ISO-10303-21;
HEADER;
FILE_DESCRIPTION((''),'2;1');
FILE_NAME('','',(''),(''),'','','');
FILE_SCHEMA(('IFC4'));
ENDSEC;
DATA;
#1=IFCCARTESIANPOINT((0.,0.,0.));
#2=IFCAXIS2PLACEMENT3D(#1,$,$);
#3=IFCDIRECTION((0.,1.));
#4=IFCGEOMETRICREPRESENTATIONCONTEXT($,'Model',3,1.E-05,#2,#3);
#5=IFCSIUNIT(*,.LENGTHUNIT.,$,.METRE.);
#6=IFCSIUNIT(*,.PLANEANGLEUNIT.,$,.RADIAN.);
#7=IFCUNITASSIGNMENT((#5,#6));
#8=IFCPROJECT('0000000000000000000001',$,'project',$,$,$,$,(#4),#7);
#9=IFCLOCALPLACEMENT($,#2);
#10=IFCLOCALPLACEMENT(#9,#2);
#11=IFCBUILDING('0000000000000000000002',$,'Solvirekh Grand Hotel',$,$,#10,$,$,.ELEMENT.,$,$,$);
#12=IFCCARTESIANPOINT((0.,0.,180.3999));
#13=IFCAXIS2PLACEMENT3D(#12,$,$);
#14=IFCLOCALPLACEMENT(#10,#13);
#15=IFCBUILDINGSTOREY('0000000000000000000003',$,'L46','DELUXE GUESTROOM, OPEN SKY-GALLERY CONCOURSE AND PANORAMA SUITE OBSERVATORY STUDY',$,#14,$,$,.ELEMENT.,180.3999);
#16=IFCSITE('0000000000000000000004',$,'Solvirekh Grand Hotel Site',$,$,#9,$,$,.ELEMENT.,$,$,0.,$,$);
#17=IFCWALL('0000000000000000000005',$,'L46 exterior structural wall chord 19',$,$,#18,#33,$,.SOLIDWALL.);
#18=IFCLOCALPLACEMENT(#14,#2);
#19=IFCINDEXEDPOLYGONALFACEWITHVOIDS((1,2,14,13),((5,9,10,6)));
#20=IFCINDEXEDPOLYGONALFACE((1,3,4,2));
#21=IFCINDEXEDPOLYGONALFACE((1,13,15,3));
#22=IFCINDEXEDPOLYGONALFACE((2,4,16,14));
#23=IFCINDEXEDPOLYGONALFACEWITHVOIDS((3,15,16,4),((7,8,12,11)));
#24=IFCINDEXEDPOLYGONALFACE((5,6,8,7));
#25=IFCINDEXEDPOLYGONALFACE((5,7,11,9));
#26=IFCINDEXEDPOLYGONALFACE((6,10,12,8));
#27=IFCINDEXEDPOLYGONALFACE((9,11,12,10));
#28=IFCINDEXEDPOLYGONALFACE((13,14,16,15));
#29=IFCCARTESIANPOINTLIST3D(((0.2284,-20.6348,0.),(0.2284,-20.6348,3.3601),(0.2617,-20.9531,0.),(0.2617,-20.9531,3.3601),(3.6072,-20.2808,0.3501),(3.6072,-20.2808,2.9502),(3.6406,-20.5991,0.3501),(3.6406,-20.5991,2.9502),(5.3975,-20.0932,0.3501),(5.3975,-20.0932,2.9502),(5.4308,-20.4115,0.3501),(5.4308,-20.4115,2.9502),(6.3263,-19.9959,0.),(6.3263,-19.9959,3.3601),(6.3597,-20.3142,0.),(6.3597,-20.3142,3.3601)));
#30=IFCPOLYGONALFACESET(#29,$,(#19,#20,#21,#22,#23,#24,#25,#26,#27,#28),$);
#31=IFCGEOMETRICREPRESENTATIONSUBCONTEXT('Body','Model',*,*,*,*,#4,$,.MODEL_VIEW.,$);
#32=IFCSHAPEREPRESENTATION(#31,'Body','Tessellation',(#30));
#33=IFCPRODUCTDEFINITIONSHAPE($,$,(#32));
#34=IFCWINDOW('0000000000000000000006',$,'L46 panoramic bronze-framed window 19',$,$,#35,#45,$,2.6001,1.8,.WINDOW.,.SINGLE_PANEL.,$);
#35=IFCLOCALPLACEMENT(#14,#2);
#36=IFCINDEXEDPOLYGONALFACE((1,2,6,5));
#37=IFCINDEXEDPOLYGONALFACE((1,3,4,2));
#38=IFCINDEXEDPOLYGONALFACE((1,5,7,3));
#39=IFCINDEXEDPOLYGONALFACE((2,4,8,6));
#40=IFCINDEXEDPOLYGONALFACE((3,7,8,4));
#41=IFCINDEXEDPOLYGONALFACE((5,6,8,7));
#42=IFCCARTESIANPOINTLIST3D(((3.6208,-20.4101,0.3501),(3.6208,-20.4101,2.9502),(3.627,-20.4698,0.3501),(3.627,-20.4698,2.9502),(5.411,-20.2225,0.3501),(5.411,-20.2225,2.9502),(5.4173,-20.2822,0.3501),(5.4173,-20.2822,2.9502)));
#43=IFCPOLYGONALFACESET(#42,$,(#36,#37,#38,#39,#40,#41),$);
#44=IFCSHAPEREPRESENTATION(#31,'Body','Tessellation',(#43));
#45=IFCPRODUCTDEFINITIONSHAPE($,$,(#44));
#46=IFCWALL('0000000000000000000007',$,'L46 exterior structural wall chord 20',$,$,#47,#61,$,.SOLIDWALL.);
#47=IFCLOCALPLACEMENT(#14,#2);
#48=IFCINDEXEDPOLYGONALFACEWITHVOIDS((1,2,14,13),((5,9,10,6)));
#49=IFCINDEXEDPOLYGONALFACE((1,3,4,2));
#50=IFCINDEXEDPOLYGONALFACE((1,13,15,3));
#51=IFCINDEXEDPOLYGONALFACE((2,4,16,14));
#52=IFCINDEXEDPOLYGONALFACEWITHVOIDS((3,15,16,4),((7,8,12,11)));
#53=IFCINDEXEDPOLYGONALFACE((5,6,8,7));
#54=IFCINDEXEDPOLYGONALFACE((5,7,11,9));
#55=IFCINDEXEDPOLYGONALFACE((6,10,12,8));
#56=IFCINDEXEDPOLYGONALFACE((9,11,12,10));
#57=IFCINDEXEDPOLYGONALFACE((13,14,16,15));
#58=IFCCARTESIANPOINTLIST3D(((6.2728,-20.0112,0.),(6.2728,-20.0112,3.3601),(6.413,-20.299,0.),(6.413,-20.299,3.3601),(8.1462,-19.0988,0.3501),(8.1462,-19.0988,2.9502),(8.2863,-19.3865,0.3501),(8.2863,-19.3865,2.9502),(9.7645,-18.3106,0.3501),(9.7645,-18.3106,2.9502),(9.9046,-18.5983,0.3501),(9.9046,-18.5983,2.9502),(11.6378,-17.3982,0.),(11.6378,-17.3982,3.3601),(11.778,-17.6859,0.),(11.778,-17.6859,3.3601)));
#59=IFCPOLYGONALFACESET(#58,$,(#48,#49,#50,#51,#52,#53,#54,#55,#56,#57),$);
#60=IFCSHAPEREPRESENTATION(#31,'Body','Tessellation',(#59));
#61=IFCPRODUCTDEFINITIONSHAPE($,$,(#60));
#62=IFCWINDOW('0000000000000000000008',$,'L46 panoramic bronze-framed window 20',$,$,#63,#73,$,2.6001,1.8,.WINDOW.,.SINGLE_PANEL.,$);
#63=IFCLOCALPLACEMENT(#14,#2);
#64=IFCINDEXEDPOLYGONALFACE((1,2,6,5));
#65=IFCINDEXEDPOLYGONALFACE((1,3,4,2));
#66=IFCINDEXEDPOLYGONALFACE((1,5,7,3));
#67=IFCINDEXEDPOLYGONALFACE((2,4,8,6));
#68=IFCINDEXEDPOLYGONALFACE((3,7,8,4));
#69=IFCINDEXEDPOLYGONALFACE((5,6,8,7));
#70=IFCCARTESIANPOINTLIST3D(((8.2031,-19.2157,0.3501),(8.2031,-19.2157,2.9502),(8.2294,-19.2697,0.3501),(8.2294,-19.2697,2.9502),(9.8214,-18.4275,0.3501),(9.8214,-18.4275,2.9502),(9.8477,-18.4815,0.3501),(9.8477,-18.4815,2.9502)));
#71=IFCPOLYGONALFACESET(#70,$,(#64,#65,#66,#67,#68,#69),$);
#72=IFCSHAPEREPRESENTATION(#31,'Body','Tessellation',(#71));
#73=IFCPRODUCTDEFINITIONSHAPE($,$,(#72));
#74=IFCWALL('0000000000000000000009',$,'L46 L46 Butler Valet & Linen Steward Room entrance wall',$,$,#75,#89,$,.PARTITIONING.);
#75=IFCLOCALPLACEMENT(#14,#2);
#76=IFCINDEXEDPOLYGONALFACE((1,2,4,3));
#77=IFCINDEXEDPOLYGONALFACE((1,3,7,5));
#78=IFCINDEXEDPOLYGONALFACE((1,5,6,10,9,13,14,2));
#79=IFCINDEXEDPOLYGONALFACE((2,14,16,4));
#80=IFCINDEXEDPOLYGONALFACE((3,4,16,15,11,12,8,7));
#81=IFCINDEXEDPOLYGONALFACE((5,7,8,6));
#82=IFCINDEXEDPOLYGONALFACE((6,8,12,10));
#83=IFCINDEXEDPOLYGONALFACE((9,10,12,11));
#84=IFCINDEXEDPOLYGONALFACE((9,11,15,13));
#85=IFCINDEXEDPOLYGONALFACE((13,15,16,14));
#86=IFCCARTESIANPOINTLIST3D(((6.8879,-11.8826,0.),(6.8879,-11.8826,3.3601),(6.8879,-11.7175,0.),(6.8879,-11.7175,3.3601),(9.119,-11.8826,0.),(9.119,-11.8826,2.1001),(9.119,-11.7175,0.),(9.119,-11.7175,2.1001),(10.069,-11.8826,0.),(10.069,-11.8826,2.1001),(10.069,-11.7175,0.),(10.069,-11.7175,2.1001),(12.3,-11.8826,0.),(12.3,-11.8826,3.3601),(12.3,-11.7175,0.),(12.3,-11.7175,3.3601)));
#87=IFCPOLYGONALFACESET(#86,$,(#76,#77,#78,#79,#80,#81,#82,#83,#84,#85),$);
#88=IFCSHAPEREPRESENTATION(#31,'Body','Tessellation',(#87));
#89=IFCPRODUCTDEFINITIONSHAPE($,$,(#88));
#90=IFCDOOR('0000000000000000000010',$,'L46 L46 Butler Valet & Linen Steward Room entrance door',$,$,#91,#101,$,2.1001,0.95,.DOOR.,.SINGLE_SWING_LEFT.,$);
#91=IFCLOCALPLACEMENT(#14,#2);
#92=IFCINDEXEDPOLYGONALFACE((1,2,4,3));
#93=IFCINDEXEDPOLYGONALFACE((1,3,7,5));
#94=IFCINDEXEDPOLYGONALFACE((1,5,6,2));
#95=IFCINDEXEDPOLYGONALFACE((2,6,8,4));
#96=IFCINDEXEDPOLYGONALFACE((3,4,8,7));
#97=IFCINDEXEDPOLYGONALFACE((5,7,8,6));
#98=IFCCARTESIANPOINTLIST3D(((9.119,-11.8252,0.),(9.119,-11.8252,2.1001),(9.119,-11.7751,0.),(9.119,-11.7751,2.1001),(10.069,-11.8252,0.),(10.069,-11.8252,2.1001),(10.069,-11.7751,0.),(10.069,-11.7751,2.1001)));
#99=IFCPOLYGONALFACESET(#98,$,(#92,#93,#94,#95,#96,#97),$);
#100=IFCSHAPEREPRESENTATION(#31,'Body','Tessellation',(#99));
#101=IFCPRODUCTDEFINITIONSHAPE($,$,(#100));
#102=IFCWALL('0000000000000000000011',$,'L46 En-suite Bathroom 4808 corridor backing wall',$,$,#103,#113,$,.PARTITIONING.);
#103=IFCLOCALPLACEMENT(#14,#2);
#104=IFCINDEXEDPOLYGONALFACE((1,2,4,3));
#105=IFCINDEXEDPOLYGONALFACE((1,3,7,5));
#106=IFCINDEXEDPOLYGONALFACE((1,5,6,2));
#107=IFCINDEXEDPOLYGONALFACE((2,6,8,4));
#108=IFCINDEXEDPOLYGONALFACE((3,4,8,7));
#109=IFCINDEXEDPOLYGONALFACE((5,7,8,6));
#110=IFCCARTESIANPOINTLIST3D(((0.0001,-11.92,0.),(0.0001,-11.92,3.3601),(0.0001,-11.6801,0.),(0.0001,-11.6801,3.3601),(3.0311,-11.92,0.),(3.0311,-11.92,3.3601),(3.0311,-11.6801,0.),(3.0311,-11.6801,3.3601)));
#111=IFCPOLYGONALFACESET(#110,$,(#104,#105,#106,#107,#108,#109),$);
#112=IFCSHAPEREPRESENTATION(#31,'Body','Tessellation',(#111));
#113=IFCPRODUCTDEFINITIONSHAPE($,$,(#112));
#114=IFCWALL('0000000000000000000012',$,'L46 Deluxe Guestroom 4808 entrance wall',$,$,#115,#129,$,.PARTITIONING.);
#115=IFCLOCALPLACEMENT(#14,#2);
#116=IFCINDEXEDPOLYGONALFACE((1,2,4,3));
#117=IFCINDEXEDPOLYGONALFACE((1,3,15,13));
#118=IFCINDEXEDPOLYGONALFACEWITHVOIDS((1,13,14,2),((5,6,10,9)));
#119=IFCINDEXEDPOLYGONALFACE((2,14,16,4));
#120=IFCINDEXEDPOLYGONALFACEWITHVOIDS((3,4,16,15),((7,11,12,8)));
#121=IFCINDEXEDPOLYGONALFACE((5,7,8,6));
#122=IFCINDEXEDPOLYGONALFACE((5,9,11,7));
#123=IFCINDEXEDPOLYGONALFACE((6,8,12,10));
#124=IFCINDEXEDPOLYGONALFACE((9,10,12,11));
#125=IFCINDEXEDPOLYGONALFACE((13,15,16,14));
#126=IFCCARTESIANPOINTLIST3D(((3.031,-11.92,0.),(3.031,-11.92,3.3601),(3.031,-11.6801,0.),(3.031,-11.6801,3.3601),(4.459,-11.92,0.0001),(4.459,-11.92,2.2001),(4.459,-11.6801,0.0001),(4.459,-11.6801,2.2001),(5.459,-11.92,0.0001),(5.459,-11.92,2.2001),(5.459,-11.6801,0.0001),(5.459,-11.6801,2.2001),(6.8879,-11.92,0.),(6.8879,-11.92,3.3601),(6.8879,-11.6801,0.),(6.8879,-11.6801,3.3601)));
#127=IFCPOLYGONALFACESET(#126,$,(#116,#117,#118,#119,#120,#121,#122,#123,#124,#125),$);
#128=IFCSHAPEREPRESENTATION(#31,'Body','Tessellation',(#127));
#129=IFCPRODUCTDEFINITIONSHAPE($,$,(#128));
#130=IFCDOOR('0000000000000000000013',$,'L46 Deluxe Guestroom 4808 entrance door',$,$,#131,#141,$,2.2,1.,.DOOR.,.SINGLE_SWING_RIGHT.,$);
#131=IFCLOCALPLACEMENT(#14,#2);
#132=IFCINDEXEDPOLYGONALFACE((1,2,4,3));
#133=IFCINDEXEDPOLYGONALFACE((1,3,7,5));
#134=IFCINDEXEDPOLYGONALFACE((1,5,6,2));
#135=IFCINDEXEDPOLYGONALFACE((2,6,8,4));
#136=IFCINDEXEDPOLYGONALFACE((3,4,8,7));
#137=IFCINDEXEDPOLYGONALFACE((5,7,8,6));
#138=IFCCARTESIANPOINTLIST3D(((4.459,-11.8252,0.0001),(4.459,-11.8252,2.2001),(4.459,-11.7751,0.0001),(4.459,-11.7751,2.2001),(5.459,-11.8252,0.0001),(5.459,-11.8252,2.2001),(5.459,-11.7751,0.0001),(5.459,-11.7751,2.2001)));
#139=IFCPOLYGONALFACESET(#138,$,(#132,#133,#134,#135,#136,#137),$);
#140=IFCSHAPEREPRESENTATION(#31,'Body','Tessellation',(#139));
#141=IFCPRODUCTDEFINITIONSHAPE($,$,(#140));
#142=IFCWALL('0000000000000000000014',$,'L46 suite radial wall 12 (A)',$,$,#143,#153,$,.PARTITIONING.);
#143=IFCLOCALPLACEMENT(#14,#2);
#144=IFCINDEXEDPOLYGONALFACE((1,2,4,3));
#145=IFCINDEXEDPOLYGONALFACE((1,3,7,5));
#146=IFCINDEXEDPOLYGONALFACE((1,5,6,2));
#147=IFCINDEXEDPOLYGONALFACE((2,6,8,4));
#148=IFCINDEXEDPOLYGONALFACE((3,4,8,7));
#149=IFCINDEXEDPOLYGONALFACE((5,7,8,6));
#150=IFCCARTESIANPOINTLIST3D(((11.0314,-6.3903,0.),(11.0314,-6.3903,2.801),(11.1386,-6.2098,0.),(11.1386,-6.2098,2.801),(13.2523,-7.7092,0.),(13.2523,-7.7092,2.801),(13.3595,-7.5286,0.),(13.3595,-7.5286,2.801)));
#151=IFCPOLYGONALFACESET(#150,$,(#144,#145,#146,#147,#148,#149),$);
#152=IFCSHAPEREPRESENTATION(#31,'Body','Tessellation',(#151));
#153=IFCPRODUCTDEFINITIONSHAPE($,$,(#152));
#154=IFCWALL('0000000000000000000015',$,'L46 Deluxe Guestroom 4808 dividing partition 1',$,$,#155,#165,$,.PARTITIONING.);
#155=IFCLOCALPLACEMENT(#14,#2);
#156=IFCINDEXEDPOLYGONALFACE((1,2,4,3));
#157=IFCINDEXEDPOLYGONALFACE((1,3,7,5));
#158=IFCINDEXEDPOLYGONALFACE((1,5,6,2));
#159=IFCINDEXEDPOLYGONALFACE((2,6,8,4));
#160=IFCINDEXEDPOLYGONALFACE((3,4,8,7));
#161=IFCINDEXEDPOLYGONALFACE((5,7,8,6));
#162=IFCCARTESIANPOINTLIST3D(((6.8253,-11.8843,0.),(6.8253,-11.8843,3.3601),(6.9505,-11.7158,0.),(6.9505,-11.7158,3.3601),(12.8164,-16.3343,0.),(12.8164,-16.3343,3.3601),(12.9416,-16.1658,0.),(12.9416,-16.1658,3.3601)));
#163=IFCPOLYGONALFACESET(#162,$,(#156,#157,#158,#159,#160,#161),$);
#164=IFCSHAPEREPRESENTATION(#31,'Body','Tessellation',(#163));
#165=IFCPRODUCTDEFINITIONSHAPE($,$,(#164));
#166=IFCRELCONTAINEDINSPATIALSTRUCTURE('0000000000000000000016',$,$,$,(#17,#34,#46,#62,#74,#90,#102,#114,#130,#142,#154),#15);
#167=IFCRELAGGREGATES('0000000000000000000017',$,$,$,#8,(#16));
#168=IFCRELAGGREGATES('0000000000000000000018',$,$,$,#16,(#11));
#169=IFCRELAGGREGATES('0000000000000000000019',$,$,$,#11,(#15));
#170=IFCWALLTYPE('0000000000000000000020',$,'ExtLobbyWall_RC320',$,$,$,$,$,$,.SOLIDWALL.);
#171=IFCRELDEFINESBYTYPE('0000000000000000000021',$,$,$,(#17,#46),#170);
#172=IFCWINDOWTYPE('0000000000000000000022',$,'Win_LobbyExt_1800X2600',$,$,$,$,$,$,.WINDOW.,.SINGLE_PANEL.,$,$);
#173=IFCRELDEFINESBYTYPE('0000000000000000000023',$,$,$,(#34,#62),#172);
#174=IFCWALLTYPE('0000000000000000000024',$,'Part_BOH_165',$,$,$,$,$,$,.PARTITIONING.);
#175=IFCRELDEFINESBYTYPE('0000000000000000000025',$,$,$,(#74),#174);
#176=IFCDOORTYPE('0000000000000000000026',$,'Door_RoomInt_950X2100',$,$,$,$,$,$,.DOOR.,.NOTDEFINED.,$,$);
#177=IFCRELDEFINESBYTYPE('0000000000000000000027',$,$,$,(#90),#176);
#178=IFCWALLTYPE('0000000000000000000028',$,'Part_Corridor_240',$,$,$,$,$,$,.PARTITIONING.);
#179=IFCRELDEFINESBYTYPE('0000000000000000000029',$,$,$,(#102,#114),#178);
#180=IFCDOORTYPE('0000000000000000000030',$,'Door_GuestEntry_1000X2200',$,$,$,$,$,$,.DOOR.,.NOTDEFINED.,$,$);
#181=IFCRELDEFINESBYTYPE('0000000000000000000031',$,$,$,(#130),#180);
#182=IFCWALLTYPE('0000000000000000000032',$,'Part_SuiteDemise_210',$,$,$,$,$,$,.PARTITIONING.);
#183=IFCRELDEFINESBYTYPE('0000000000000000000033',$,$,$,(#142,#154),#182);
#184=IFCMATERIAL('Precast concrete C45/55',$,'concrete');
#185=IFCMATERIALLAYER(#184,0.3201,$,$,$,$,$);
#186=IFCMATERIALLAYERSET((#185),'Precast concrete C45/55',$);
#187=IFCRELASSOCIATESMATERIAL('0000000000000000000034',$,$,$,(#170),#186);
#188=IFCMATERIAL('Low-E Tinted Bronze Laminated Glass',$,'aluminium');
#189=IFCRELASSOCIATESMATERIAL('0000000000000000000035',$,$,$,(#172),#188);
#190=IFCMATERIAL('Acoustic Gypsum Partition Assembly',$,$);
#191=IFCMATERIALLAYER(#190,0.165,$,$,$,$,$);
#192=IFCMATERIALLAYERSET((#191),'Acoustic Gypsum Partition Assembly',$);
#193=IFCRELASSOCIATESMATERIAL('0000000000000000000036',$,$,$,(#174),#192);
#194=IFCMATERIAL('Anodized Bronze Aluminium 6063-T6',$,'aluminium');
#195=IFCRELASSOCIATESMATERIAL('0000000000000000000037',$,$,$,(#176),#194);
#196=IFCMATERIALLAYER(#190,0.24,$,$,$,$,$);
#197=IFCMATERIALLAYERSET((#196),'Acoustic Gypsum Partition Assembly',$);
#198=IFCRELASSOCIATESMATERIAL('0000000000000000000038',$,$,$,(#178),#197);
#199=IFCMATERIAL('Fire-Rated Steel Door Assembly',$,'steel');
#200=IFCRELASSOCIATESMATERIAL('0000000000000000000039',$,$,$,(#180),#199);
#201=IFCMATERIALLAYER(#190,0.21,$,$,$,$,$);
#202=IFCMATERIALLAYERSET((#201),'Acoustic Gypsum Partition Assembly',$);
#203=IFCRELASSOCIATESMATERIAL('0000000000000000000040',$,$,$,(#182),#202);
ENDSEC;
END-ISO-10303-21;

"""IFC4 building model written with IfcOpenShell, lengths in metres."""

from ifc_helpers import new_model, si_unit, direction, frame, frame_2d, origin, place, context, subcontext, project, spatial, rectangle, extrude, material, layer, layer_set, type_object, element, fill, save


model = new_model("IFC4")

# Units and contexts
model_context = context("Model", 3, precision=1e-05, world=origin(), true_north=direction((0.0, 1.0)))
body_context = subcontext(model_context, "Body", "Model", "MODEL_VIEW")
ifc_project = project(units=[si_unit("LENGTHUNIT", "METRE"), si_unit("PLANEANGLEUNIT", "RADIAN")], contexts=[model_context])

# Site, building, storey
site_placement = place(None, origin())
site = spatial("IfcSite", under=ifc_project, at=site_placement, Name="Solvirekh Grand Hotel Site", CompositionType="ELEMENT", RefElevation=0.0)
building_placement = place(site_placement, origin())
building = spatial("IfcBuilding", under=site, at=building_placement, Name="Solvirekh Grand Hotel", CompositionType="ELEMENT")
storey_placement = place(building_placement, frame((0.0, 0.0, 180.3999)))
storey = spatial("IfcBuildingStorey", under=building, at=storey_placement, Name="L46", Description="DELUXE GUESTROOM, OPEN SKY-GALLERY CONCOURSE AND PANORAMA SUITE OBSERVATORY STUDY", CompositionType="ELEMENT", Elevation=180.3999)

# Shared definitions
ifc_material_1 = material(Name="Anodized Bronze Aluminium 6063-T6", Category="aluminium")

# Walls, openings, windows
ifc_material_2 = material(Name="Precast concrete C45/55", Category="concrete")
ifc_layer_1 = layer(ifc_material_2, 0.3201)
ifc_layer_set_1 = layer_set([ifc_layer_1], Name="Precast concrete C45/55")
wall_type_1 = type_object("IfcWallType", Name="ExtLobbyWall_RC320", PredefinedType="SOLIDWALL", material=ifc_layer_set_1)
wall_1_placement = place(storey_placement, frame((6.343, -20.155, 0.0), z_axis=(0.0, 0.0, 1.0), x_axis=(-0.994556, -0.104206, 0.0)))
wall_1 = element("IfcWall", 1, at=wall_1_placement, inside=storey, type_object=wall_type_1, Name="L46 exterior structural wall chord 19", PredefinedType="SOLIDWALL", context=body_context, shape_type="SweptSolid", body=[
    extrude(rectangle(XDim=6.1313, YDim=0.3201, at=frame_2d((3.0657, 0.0))), origin(), (0.0, 0.0, 1.0), 3.3601),
])
opening_1_placement = place(wall_1_placement, frame((0.9341, 0.0, 0.3501)))
opening_1 = element("IfcOpeningElement", 2, at=opening_1_placement, cuts=wall_1, PredefinedType="OPENING", context=body_context, shape_type="SweptSolid", body=[
    extrude(rectangle(XDim=1.8, YDim=2.6001, at=frame_2d((0.8999, 1.3))), frame((0.0, 0.1699, 0.0), z_axis=(0.0, -1.0, 0.0), x_axis=(1.0, 0.0, 0.0)), (0.0, 0.0, 1.0), 0.3401),
])
ifc_material_3 = material(Name="Low-E Tinted Bronze Laminated Glass", Category="aluminium")
window_type = type_object("IfcWindowType", Name="Win_LobbyExt_1800X2600", PartitioningType="SINGLE_PANEL", PredefinedType="WINDOW", material=ifc_material_3)
window_1_placement = place(opening_1_placement, origin())
window_1 = element("IfcWindow", 3, at=window_1_placement, inside=storey, type_object=window_type, Name="L46 panoramic bronze-framed window 19", OverallHeight=2.6001, OverallWidth=1.8, PartitioningType="SINGLE_PANEL", PredefinedType="WINDOW", context=body_context, shape_type="SweptSolid", body=[
    extrude(rectangle(XDim=1.8, YDim=2.6001, at=frame_2d((0.8999, 1.3))), frame((0.0, 0.03, 0.0), z_axis=(0.0, -1.0, 0.0), x_axis=(1.0, 0.0, 0.0)), (0.0, 0.0, 1.0), 0.0601),
])
fill(opening_1, window_1)
wall_2_placement = place(storey_placement, frame((11.708, -17.542, 0.0), z_axis=(0.0, 0.0, 1.0), x_axis=(-0.899034, -0.437878, 0.0)))
wall_2 = element("IfcWall", 4, at=wall_2_placement, inside=storey, type_object=wall_type_1, Name="L46 exterior structural wall chord 20", PredefinedType="SOLIDWALL", context=body_context, shape_type="SweptSolid", body=[
    extrude(rectangle(XDim=5.9675, YDim=0.3201, at=frame_2d((2.9839, 0.0))), origin(), (0.0, 0.0, 1.0), 3.3601),
])
opening_2_placement = place(wall_2_placement, frame((2.084, 0.0, 0.3501)))
opening_2 = element("IfcOpeningElement", 5, at=opening_2_placement, cuts=wall_2, PredefinedType="OPENING", context=body_context, shape_type="SweptSolid", body=[
    extrude(rectangle(XDim=1.8, YDim=2.6001, at=frame_2d((0.8999, 1.3))), frame((0.0, 0.1699, 0.0), z_axis=(0.0, -1.0, 0.0), x_axis=(1.0, 0.0, 0.0)), (0.0, 0.0, 1.0), 0.3401),
])
window_2_placement = place(opening_2_placement, origin())
window_2 = element("IfcWindow", 6, at=window_2_placement, inside=storey, type_object=window_type, Name="L46 panoramic bronze-framed window 20", OverallHeight=2.6001, OverallWidth=1.8, PartitioningType="SINGLE_PANEL", PredefinedType="WINDOW", context=body_context, shape_type="SweptSolid", body=[
    extrude(rectangle(XDim=1.8, YDim=2.6001, at=frame_2d((0.8999, 1.3))), frame((0.0, 0.03, 0.0), z_axis=(0.0, -1.0, 0.0), x_axis=(1.0, 0.0, 0.0)), (0.0, 0.0, 1.0), 0.0601),
])
fill(opening_2, window_2)

# Wall, opening, door
ifc_material_4 = material(Name="Acoustic Gypsum Partition Assembly")
ifc_layer_2 = layer(ifc_material_4, 0.165)
ifc_layer_set_2 = layer_set([ifc_layer_2], Name="Acoustic Gypsum Partition Assembly")
wall_type_2 = type_object("IfcWallType", Name="Part_BOH_165", PredefinedType="PARTITIONING", material=ifc_layer_set_2)
wall_3_placement = place(storey_placement, frame((6.8879, -11.8, 0.0), z_axis=(0.0, 0.0, 1.0), x_axis=(1.0, 0.0, 0.0)))
wall_3 = element("IfcWall", 7, at=wall_3_placement, inside=storey, type_object=wall_type_2, Name="L46 L46 Butler Valet & Linen Steward Room entrance wall", PredefinedType="PARTITIONING", context=body_context, shape_type="SweptSolid", body=[
    extrude(rectangle(XDim=5.4121, YDim=0.165, at=frame_2d((2.7061, 0.0))), origin(), (0.0, 0.0, 1.0), 3.3601),
])
opening_3_placement = place(wall_3_placement, frame((2.231, 0.0, 0.0)))
opening_3 = element("IfcOpeningElement", 8, at=opening_3_placement, cuts=wall_3, PredefinedType="OPENING", context=body_context, shape_type="SweptSolid", body=[
    extrude(rectangle(XDim=0.95, YDim=2.1001, at=frame_2d((0.4751, 1.05))), frame((0.0, 0.0925, 0.0), z_axis=(0.0, -1.0, 0.0), x_axis=(1.0, 0.0, 0.0)), (0.0, 0.0, 1.0), 0.1851),
])
door_type_1 = type_object("IfcDoorType", Name="Door_RoomInt_950X2100", OperationType="NOTDEFINED", PredefinedType="DOOR", material=ifc_material_1)
door_1_placement = place(opening_3_placement, origin())
door_1 = element("IfcDoor", 9, at=door_1_placement, inside=storey, type_object=door_type_1, Name="L46 L46 Butler Valet & Linen Steward Room entrance door", OperationType="SINGLE_SWING_LEFT", OverallHeight=2.1001, OverallWidth=0.95, PredefinedType="DOOR", context=body_context, shape_type="SweptSolid", body=[
    extrude(rectangle(XDim=0.95, YDim=2.1001, at=frame_2d((0.4751, 1.05))), frame((0.0, 0.0249, 0.0), z_axis=(0.0, -1.0, 0.0), x_axis=(1.0, 0.0, 0.0)), (0.0, 0.0, 1.0), 0.05),
])
fill(opening_3, door_1)

# Wall
ifc_layer_3 = layer(ifc_material_4, 0.24)
ifc_layer_set_3 = layer_set([ifc_layer_3], Name="Acoustic Gypsum Partition Assembly")
wall_type_3 = type_object("IfcWallType", Name="Part_Corridor_240", PredefinedType="PARTITIONING", material=ifc_layer_set_3)
wall_4_placement = place(storey_placement, frame((0.0, -11.8, 0.0), z_axis=(0.0, 0.0, 1.0), x_axis=(1.0, 0.0, 0.0)))
element("IfcWall", 10, at=wall_4_placement, inside=storey, type_object=wall_type_3, Name="L46 En-suite Bathroom 4808 corridor backing wall", PredefinedType="PARTITIONING", context=body_context, shape_type="SweptSolid", body=[
    extrude(rectangle(XDim=3.031, YDim=0.24, at=frame_2d((1.5156, 0.0))), origin(), (0.0, 0.0, 1.0), 3.3601),
])

# Wall, opening, door
wall_5_placement = place(storey_placement, frame((3.031, -11.8, 0.0), z_axis=(0.0, 0.0, 1.0), x_axis=(1.0, 0.0, 0.0)))
wall_5 = element("IfcWall", 11, at=wall_5_placement, inside=storey, type_object=wall_type_3, Name="L46 Deluxe Guestroom 4808 entrance wall", PredefinedType="PARTITIONING", context=body_context, shape_type="SweptSolid", body=[
    extrude(rectangle(XDim=3.8569, YDim=0.24, at=frame_2d((1.9285, 0.0))), origin(), (0.0, 0.0, 1.0), 3.3601),
])
opening_4_placement = place(wall_5_placement, frame((1.428, 0.0, 0.0)))
opening_4 = element("IfcOpeningElement", 12, at=opening_4_placement, cuts=wall_5, PredefinedType="OPENING", context=body_context, shape_type="SweptSolid", body=[
    extrude(rectangle(XDim=1.0, YDim=2.2, at=frame_2d((0.5, 1.1001))), frame((0.0, 0.1299, 0.0), z_axis=(0.0, -1.0, 0.0), x_axis=(1.0, 0.0, 0.0)), (0.0, 0.0, 1.0), 0.26),
])
ifc_material_5 = material(Name="Fire-Rated Steel Door Assembly", Category="steel")
door_type_2 = type_object("IfcDoorType", Name="Door_GuestEntry_1000X2200", OperationType="NOTDEFINED", PredefinedType="DOOR", material=ifc_material_5)
door_2_placement = place(opening_4_placement, origin())
door_2 = element("IfcDoor", 13, at=door_2_placement, inside=storey, type_object=door_type_2, Name="L46 Deluxe Guestroom 4808 entrance door", OperationType="SINGLE_SWING_RIGHT", OverallHeight=2.2, OverallWidth=1.0, PredefinedType="DOOR", context=body_context, shape_type="SweptSolid", body=[
    extrude(rectangle(XDim=1.0, YDim=2.2, at=frame_2d((0.5, 1.1001))), frame((0.0, 0.0249, 0.0), z_axis=(0.0, -1.0, 0.0), x_axis=(1.0, 0.0, 0.0)), (0.0, 0.0, 1.0), 0.05),
])
fill(opening_4, door_2)

# Walls
ifc_layer_4 = layer(ifc_material_4, 0.21)
ifc_layer_set_4 = layer_set([ifc_layer_4], Name="Acoustic Gypsum Partition Assembly")
wall_type_4 = type_object("IfcWallType", Name="Part_SuiteDemise_210", PredefinedType="PARTITIONING", material=ifc_layer_set_4)
wall_6_placement = place(storey_placement, frame((11.085, -6.3, 0.0), z_axis=(0.0, 0.0, 1.0), x_axis=(0.859828, -0.510585, 0.0)))
element("IfcWall", 14, at=wall_6_placement, inside=storey, type_object=wall_type_4, Name="L46 suite radial wall 12 (A)", PredefinedType="PARTITIONING", context=body_context, shape_type="SweptSolid", body=[
    extrude(rectangle(XDim=2.583, YDim=0.21, at=frame_2d((1.2915, 0.0))), origin(), (0.0, 0.0, 1.0), 2.801),
])
wall_7_placement = place(storey_placement, frame((6.8879, -11.8, 0.0), z_axis=(0.0, 0.0, 1.0), x_axis=(0.802775, -0.596282, 0.0)))
element("IfcWall", 15, at=wall_7_placement, inside=storey, type_object=wall_type_4, Name="L46 Deluxe Guestroom 4808 dividing partition 1", PredefinedType="PARTITIONING", context=body_context, shape_type="SweptSolid", body=[
    extrude(rectangle(XDim=7.4629, YDim=0.21, at=frame_2d((3.7314, 0.0))), origin(), (0.0, 0.0, 1.0), 3.3601),
])

save(model, "model.ifc")
